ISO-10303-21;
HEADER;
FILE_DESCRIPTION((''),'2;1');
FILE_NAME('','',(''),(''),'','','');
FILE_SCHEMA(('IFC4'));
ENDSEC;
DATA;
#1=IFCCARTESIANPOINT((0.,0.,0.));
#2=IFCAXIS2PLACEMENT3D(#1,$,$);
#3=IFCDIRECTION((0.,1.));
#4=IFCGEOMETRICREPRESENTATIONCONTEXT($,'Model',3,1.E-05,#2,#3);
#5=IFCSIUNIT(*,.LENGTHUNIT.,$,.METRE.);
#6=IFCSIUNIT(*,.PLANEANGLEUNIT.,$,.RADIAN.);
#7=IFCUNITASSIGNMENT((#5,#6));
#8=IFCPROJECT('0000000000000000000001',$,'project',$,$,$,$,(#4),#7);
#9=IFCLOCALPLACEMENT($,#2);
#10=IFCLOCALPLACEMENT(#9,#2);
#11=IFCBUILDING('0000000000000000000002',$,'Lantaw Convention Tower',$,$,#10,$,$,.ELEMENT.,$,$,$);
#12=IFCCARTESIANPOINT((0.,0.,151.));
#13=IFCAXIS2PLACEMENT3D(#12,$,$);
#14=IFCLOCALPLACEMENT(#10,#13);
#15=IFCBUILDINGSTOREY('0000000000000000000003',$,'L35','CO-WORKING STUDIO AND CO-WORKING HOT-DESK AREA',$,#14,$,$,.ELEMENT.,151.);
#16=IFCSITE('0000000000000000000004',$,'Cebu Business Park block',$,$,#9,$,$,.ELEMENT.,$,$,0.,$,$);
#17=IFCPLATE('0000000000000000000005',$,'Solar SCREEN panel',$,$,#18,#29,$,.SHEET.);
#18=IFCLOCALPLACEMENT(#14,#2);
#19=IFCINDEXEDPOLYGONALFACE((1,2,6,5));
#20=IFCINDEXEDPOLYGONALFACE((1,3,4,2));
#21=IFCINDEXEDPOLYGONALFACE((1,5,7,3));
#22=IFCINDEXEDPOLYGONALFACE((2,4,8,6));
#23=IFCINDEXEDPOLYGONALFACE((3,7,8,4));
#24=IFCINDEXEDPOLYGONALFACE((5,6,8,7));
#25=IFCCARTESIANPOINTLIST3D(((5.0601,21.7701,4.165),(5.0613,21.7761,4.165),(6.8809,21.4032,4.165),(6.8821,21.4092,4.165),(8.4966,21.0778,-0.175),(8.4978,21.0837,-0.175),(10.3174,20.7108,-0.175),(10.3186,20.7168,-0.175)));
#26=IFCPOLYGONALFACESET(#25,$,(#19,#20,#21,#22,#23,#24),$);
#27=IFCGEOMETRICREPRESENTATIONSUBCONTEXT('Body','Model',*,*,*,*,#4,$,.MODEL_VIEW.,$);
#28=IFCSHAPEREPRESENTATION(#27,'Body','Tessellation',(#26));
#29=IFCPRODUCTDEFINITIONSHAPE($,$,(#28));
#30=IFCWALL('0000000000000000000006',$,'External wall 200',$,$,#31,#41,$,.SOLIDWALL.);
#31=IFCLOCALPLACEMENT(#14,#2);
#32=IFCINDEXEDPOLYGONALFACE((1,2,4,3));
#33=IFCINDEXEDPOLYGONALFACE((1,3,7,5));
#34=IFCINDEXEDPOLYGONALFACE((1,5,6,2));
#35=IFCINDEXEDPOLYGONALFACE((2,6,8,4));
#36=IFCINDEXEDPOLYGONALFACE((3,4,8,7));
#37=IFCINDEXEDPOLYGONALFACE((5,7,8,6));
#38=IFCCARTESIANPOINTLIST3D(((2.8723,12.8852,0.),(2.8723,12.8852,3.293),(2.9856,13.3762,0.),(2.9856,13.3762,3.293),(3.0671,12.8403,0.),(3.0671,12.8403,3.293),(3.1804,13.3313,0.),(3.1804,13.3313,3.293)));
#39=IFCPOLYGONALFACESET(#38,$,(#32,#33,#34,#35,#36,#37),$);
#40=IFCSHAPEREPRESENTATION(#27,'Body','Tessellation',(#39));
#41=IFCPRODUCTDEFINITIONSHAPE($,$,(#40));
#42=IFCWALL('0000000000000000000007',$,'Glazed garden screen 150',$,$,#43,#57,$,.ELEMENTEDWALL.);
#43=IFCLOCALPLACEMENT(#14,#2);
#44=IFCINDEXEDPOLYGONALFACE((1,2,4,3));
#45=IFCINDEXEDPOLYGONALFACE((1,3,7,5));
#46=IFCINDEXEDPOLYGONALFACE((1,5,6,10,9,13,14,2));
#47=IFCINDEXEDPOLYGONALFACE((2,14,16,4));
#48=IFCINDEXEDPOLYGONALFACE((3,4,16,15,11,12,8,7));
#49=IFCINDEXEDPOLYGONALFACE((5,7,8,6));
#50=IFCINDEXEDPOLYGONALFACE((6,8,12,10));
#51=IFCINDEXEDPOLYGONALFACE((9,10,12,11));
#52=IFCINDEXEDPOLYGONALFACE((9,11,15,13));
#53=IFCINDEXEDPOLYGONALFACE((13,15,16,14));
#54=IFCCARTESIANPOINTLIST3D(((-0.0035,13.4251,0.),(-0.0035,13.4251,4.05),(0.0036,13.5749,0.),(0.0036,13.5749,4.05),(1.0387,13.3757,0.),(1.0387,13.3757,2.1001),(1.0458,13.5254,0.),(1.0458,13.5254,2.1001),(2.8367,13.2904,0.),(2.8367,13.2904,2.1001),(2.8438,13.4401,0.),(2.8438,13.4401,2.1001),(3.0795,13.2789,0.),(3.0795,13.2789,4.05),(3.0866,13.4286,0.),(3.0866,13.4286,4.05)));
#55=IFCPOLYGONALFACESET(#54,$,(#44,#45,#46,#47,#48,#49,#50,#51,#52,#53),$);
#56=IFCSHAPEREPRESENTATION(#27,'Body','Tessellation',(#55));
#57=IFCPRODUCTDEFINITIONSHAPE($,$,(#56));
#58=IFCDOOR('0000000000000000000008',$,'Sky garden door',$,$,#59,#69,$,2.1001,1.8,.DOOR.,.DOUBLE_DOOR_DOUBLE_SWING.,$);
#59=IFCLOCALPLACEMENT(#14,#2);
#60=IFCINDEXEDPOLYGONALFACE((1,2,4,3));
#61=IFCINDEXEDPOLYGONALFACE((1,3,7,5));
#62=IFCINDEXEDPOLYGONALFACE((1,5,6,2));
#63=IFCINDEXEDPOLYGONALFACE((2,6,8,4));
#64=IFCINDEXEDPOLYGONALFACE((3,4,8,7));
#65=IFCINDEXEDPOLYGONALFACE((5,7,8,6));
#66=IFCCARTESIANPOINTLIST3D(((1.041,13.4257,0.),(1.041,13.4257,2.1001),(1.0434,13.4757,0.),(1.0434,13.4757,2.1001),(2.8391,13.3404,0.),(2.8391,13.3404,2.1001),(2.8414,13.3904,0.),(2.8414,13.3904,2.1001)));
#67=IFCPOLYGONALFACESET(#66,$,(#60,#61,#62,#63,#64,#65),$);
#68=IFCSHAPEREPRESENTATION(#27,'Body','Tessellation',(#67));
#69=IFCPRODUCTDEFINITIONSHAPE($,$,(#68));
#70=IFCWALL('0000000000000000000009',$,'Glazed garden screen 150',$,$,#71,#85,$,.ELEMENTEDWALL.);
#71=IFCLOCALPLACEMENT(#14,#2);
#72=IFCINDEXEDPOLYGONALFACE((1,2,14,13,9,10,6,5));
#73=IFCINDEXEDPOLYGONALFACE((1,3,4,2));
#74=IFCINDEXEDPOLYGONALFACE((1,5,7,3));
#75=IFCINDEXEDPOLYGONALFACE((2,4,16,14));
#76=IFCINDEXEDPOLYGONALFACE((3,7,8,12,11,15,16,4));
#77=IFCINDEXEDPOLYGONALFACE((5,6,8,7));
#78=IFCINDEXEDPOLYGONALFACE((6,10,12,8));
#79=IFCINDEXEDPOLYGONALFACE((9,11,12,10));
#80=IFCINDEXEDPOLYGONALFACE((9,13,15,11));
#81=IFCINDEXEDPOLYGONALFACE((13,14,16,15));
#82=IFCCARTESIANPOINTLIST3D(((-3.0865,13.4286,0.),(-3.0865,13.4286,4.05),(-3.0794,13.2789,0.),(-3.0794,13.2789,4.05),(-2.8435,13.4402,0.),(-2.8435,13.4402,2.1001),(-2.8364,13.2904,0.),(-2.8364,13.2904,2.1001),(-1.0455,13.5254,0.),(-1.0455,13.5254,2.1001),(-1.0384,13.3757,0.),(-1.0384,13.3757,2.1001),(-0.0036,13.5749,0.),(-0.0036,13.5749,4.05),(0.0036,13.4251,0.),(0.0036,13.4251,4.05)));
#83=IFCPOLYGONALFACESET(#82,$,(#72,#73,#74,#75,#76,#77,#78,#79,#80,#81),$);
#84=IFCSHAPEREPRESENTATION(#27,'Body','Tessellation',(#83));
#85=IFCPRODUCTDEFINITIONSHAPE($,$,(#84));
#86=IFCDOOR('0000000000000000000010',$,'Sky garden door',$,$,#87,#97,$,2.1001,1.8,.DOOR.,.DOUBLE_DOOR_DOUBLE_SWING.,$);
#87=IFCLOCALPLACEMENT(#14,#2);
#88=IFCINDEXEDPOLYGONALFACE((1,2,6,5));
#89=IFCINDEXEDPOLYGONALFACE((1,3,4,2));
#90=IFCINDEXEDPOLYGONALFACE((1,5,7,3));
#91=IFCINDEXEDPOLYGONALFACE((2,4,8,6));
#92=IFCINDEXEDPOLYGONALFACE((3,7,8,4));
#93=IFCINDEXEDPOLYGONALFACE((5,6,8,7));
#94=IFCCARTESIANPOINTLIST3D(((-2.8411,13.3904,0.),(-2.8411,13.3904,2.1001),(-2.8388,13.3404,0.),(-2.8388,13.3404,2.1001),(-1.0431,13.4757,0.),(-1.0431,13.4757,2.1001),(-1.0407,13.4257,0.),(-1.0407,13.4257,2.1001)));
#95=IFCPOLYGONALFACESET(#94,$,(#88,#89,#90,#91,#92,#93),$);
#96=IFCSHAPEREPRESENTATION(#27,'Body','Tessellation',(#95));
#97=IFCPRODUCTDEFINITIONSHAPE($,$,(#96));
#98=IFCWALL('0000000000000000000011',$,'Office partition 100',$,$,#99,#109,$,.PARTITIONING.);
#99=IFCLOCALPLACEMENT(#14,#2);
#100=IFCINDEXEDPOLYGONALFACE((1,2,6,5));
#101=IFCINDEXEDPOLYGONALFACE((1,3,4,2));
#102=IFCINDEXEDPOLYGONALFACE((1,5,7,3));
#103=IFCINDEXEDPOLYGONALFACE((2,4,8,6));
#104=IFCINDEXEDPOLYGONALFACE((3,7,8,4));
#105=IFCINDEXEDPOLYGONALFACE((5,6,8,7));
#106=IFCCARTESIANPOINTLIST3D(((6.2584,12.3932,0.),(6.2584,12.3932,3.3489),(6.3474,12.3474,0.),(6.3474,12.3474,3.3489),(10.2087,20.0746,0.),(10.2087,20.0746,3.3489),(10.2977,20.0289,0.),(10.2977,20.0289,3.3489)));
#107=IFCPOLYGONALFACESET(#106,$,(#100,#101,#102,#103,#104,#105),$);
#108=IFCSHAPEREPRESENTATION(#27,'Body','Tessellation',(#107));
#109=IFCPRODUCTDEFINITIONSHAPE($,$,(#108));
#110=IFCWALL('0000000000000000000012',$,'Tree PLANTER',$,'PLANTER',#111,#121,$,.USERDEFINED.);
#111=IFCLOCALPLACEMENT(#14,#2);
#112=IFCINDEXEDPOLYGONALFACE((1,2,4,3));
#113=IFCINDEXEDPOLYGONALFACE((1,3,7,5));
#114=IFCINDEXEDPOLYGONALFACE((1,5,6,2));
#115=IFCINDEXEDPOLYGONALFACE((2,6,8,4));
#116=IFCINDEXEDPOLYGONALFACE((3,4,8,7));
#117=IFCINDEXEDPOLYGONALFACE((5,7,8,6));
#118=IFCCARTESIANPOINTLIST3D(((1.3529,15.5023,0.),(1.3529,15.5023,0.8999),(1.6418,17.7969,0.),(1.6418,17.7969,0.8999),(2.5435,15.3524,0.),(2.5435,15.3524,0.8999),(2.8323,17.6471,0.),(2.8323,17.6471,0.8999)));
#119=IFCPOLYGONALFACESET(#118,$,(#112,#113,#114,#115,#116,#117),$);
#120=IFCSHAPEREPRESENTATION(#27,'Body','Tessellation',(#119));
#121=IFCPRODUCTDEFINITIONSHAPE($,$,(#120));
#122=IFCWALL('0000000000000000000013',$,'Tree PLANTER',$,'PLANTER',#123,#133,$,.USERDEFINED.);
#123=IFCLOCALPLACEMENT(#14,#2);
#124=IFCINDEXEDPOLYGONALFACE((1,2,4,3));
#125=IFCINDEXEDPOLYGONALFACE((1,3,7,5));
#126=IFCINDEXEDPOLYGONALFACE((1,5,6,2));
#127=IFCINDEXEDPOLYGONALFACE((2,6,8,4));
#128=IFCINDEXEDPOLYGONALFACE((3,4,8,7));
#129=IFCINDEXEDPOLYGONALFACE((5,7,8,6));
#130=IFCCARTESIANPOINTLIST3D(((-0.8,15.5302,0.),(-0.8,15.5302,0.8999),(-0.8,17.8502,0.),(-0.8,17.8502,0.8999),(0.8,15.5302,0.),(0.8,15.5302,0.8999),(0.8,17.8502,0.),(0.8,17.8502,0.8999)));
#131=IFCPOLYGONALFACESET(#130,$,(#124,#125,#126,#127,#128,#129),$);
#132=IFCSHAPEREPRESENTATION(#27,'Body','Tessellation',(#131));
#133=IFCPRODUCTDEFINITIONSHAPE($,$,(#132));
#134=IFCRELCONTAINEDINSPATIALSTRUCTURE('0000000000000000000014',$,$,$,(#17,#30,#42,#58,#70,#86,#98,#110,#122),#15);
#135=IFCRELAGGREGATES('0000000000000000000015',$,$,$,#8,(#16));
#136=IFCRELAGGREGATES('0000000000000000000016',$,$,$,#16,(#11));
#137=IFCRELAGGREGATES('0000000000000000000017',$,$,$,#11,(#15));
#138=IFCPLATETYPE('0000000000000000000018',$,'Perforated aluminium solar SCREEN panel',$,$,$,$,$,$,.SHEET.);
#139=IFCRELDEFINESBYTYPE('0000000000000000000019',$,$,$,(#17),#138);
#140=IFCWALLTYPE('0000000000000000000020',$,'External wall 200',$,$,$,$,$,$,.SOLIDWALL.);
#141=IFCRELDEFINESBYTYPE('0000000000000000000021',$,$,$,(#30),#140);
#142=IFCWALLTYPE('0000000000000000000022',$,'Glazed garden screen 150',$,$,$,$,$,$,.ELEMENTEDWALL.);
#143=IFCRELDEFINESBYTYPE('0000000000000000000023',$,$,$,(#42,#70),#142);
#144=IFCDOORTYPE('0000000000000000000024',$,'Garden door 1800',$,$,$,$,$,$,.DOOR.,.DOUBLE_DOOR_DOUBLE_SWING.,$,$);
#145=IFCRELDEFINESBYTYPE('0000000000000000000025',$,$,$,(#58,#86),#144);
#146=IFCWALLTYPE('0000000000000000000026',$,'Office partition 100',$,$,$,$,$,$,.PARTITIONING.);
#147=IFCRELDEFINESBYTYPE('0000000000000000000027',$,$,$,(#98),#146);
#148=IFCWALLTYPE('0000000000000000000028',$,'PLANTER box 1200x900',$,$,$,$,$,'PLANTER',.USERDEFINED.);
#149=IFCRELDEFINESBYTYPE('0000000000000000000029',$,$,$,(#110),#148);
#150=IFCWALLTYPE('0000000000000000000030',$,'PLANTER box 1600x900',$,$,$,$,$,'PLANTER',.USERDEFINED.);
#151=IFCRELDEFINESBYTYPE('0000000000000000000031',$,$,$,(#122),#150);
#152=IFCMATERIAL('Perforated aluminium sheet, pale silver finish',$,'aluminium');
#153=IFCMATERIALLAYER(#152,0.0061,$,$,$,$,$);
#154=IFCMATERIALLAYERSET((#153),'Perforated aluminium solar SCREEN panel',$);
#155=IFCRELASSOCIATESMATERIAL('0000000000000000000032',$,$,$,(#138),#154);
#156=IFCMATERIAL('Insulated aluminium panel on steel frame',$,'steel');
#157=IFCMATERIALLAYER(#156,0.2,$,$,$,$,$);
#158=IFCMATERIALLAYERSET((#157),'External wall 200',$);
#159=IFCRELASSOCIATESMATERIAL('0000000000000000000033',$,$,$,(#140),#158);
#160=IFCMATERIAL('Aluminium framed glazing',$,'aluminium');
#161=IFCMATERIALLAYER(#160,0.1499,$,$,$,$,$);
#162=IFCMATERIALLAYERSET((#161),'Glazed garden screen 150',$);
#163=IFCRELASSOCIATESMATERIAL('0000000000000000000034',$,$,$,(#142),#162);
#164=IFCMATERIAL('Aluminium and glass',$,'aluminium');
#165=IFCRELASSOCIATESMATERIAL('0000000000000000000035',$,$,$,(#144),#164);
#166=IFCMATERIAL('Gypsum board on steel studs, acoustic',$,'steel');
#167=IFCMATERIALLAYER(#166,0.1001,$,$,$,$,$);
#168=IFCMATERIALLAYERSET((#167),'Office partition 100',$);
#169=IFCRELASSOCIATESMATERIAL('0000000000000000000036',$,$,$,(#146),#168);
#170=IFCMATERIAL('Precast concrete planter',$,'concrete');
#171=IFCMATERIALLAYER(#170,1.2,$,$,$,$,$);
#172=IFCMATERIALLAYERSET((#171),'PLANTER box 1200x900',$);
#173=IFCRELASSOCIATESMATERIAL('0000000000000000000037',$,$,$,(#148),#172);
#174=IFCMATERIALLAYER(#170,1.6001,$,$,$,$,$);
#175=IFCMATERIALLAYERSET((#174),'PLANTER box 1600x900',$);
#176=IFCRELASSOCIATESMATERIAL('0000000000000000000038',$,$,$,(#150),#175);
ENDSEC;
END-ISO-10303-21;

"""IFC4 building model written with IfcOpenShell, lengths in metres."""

from ifc_helpers import new_model, si_unit, direction, frame, frame_2d, origin, place, context, subcontext, project, spatial, polyline, rectangle, outline, extrude, material, layer, layer_set, type_object, element, fill, save


model = new_model("IFC4")

# Units and contexts
model_context = context("Model", 3, precision=1e-05, world=origin(), true_north=direction((0.0, 1.0)))
body_context = subcontext(model_context, "Body", "Model", "MODEL_VIEW")
ifc_project = project(units=[si_unit("LENGTHUNIT", "METRE"), si_unit("PLANEANGLEUNIT", "RADIAN")], contexts=[model_context])

# Site, building, storey
site_placement = place(None, origin())
site = spatial("IfcSite", under=ifc_project, at=site_placement, Name="Cebu Business Park block", CompositionType="ELEMENT", RefElevation=0.0)
building_placement = place(site_placement, origin())
building = spatial("IfcBuilding", under=site, at=building_placement, Name="Lantaw Convention Tower", CompositionType="ELEMENT")
storey_placement = place(building_placement, frame((0.0, 0.0, 151.0)))
storey = spatial("IfcBuildingStorey", under=building, at=storey_placement, Name="L35", Description="CO-WORKING STUDIO AND CO-WORKING HOT-DESK AREA", CompositionType="ELEMENT", Elevation=151.0)

# Plate
ifc_material_1 = material(Name="Perforated aluminium sheet, pale silver finish", Category="aluminium")
ifc_layer_1 = layer(ifc_material_1, 0.0061)
ifc_layer_set_1 = layer_set([ifc_layer_1], Name="Perforated aluminium solar SCREEN panel")
plate_type_1 = type_object("IfcPlateType", Name="Perforated aluminium solar SCREEN panel", PredefinedType="SHEET", material=ifc_layer_set_1)
plate_1_placement = place(storey_placement, frame((10.3186, 20.7168, -0.175), z_axis=(0.197557, 0.980291, 0.000039), x_axis=(-0.980291, 0.197557, 0.0)))
element("IfcPlate", 1, at=plate_1_placement, inside=storey, type_object=plate_type_1, Name="Solar SCREEN panel", PredefinedType="SHEET", context=body_context, shape_type="SweptSolid", body=[
    extrude(outline(polyline([(0.0, 0.0), (1.8574, 0.0), (5.363, 4.3401), (3.5056, 4.3401), (0.0, 0.0)])), origin(), (0.0, 0.0, -1.0), 0.0061),
])

# Wall
ifc_material_2 = material(Name="Insulated aluminium panel on steel frame", Category="steel")
ifc_layer_2 = layer(ifc_material_2, 0.2)
ifc_layer_set_2 = layer_set([ifc_layer_2], Name="External wall 200")
wall_type_1 = type_object("IfcWallType", Name="External wall 200", PredefinedType="SOLIDWALL", material=ifc_layer_set_2)
wall_1_placement = place(storey_placement, frame((3.083, 13.3538, 0.0), z_axis=(0.0, 0.0, 1.0), x_axis=(-0.224824, -0.974399, 0.0)))
element("IfcWall", 2, at=wall_1_placement, inside=storey, type_object=wall_type_1, Name="External wall 200", PredefinedType="SOLIDWALL", context=body_context, shape_type="SweptSolid", body=[
    extrude(rectangle(XDim=0.5039, YDim=0.2, at=frame_2d((0.252, 0.0))), origin(), (0.0, 0.0, 1.0), 3.293),
])

# Walls, openings, doors
ifc_material_3 = material(Name="Aluminium framed glazing", Category="aluminium")
ifc_layer_3 = layer(ifc_material_3, 0.1499)
ifc_layer_set_3 = layer_set([ifc_layer_3], Name="Glazed garden screen 150")
wall_type_2 = type_object("IfcWallType", Name="Glazed garden screen 150", PredefinedType="ELEMENTEDWALL", material=ifc_layer_set_3)
wall_2_placement = place(storey_placement, frame((3.083, 13.3538, 0.0), z_axis=(0.0, 0.0, 1.0), x_axis=(-0.998877, 0.047381, 0.0)))
wall_2 = element("IfcWall", 3, at=wall_2_placement, inside=storey, type_object=wall_type_2, Name="Glazed garden screen 150", PredefinedType="ELEMENTEDWALL", context=body_context, shape_type="SweptSolid", body=[
    extrude(rectangle(XDim=3.0864, YDim=0.1499, at=frame_2d((1.5432, 0.0))), origin(), (0.0, 0.0, 1.0), 4.05),
])
opening_1_placement = place(wall_2_placement, frame((0.2432, 0.0, 0.0)))
opening_1 = element("IfcOpeningElement", 4, at=opening_1_placement, cuts=wall_2, PredefinedType="OPENING", context=body_context, shape_type="SweptSolid", body=[
    extrude(rectangle(XDim=1.8, YDim=2.1001, at=frame_2d((0.8999, 1.05))), frame((0.0, 0.085, 0.0), z_axis=(0.0, -1.0, 0.0), x_axis=(1.0, 0.0, 0.0)), (0.0, 0.0, 1.0), 0.1699),
])
ifc_material_4 = material(Name="Aluminium and glass", Category="aluminium")
door_type = type_object("IfcDoorType", Name="Garden door 1800", OperationType="DOUBLE_DOOR_DOUBLE_SWING", PredefinedType="DOOR", material=ifc_material_4)
door_1_placement = place(opening_1_placement, origin())
door_1 = element("IfcDoor", 5, at=door_1_placement, inside=storey, type_object=door_type, Name="Sky garden door", OperationType="DOUBLE_DOOR_DOUBLE_SWING", OverallHeight=2.1001, OverallWidth=1.8, PredefinedType="DOOR", context=body_context, shape_type="SweptSolid", body=[
    extrude(rectangle(XDim=1.8, YDim=2.1001, at=frame_2d((0.8999, 1.05))), frame((0.0, 0.0249, 0.0), z_axis=(0.0, -1.0, 0.0), x_axis=(1.0, 0.0, 0.0)), (0.0, 0.0, 1.0), 0.05),
])
fill(opening_1, door_1)
wall_3_placement = place(storey_placement, frame((0.0, 13.5, 0.0), z_axis=(0.0, 0.0, 1.0), x_axis=(-0.998877, -0.047381, 0.0)))
wall_3 = element("IfcWall", 6, at=wall_3_placement, inside=storey, type_object=wall_type_2, Name="Glazed garden screen 150", PredefinedType="ELEMENTEDWALL", context=body_context, shape_type="SweptSolid", body=[
    extrude(rectangle(XDim=3.0864, YDim=0.1499, at=frame_2d((1.5432, 0.0))), origin(), (0.0, 0.0, 1.0), 4.05),
])
opening_2_placement = place(wall_3_placement, frame((1.0432, 0.0, 0.0)))
opening_2 = element("IfcOpeningElement", 7, at=opening_2_placement, cuts=wall_3, PredefinedType="OPENING", context=body_context, shape_type="SweptSolid", body=[
    extrude(rectangle(XDim=1.8, YDim=2.1001, at=frame_2d((0.8999, 1.05))), frame((0.0, 0.085, 0.0), z_axis=(0.0, -1.0, 0.0), x_axis=(1.0, 0.0, 0.0)), (0.0, 0.0, 1.0), 0.1699),
])
door_2_placement = place(opening_2_placement, origin())
door_2 = element("IfcDoor", 8, at=door_2_placement, inside=storey, type_object=door_type, Name="Sky garden door", OperationType="DOUBLE_DOOR_DOUBLE_SWING", OverallHeight=2.1001, OverallWidth=1.8, PredefinedType="DOOR", context=body_context, shape_type="SweptSolid", body=[
    extrude(rectangle(XDim=1.8, YDim=2.1001, at=frame_2d((0.8999, 1.05))), frame((0.0, 0.0249, 0.0), z_axis=(0.0, -1.0, 0.0), x_axis=(1.0, 0.0, 0.0)), (0.0, 0.0, 1.0), 0.05),
])
fill(opening_2, door_2)

# Walls
ifc_material_5 = material(Name="Gypsum board on steel studs, acoustic", Category="steel")
ifc_layer_4 = layer(ifc_material_5, 0.1001)
ifc_layer_set_4 = layer_set([ifc_layer_4], Name="Office partition 100")
wall_type_3 = type_object("IfcWallType", Name="Office partition 100", PredefinedType="PARTITIONING", material=ifc_layer_set_4)
wall_4_placement = place(storey_placement, frame((10.2532, 20.0518, 0.0), z_axis=(0.0, 0.0, 1.0), x_axis=(-0.457326, -0.889299, 0.0)))
element("IfcWall", 9, at=wall_4_placement, inside=storey, type_object=wall_type_3, Name="Office partition 100", PredefinedType="PARTITIONING", context=body_context, shape_type="SweptSolid", body=[
    extrude(rectangle(XDim=8.6377, YDim=0.1001, at=frame_2d((4.3188, 0.0))), origin(), (0.0, 0.0, 1.0), 3.3489),
])
ifc_material_6 = material(Name="Precast concrete planter", Category="concrete")
ifc_layer_5 = layer(ifc_material_6, 1.2)
ifc_layer_set_5 = layer_set([ifc_layer_5], Name="PLANTER box 1200x900")
wall_type_4 = type_object("IfcWallType", Name="PLANTER box 1200x900", ElementType="PLANTER", PredefinedType="USERDEFINED", material=ifc_layer_set_5)
wall_5_placement = place(storey_placement, frame((1.9482, 15.4275, 0.0), z_axis=(0.0, 0.0, 1.0), x_axis=(0.124879, 0.992172, 0.0)))
element("IfcWall", 10, at=wall_5_placement, inside=storey, type_object=wall_type_4, Name="Tree PLANTER", ObjectType="PLANTER", PredefinedType="USERDEFINED", context=body_context, shape_type="SweptSolid", body=[
    extrude(rectangle(XDim=2.3127, YDim=1.2, at=frame_2d((1.1562, 0.0))), origin(), (0.0, 0.0, 1.0), 0.8999),
])
ifc_layer_6 = layer(ifc_material_6, 1.6001)
ifc_layer_set_6 = layer_set([ifc_layer_6], Name="PLANTER box 1600x900")
wall_type_5 = type_object("IfcWallType", Name="PLANTER box 1600x900", ElementType="PLANTER", PredefinedType="USERDEFINED", material=ifc_layer_set_6)
wall_6_placement = place(storey_placement, frame((0.0, 15.53, 0.0), z_axis=(0.0, 0.0, 1.0), x_axis=(0.0, 1.0, 0.0)))
element("IfcWall", 11, at=wall_6_placement, inside=storey, type_object=wall_type_5, Name="Tree PLANTER", ObjectType="PLANTER", PredefinedType="USERDEFINED", context=body_context, shape_type="SweptSolid", body=[
    extrude(rectangle(XDim=2.3201, YDim=1.6001, at=frame_2d((1.1602, 0.0))), origin(), (0.0, 0.0, 1.0), 0.8999),
])

save(model, "model.ifc")
